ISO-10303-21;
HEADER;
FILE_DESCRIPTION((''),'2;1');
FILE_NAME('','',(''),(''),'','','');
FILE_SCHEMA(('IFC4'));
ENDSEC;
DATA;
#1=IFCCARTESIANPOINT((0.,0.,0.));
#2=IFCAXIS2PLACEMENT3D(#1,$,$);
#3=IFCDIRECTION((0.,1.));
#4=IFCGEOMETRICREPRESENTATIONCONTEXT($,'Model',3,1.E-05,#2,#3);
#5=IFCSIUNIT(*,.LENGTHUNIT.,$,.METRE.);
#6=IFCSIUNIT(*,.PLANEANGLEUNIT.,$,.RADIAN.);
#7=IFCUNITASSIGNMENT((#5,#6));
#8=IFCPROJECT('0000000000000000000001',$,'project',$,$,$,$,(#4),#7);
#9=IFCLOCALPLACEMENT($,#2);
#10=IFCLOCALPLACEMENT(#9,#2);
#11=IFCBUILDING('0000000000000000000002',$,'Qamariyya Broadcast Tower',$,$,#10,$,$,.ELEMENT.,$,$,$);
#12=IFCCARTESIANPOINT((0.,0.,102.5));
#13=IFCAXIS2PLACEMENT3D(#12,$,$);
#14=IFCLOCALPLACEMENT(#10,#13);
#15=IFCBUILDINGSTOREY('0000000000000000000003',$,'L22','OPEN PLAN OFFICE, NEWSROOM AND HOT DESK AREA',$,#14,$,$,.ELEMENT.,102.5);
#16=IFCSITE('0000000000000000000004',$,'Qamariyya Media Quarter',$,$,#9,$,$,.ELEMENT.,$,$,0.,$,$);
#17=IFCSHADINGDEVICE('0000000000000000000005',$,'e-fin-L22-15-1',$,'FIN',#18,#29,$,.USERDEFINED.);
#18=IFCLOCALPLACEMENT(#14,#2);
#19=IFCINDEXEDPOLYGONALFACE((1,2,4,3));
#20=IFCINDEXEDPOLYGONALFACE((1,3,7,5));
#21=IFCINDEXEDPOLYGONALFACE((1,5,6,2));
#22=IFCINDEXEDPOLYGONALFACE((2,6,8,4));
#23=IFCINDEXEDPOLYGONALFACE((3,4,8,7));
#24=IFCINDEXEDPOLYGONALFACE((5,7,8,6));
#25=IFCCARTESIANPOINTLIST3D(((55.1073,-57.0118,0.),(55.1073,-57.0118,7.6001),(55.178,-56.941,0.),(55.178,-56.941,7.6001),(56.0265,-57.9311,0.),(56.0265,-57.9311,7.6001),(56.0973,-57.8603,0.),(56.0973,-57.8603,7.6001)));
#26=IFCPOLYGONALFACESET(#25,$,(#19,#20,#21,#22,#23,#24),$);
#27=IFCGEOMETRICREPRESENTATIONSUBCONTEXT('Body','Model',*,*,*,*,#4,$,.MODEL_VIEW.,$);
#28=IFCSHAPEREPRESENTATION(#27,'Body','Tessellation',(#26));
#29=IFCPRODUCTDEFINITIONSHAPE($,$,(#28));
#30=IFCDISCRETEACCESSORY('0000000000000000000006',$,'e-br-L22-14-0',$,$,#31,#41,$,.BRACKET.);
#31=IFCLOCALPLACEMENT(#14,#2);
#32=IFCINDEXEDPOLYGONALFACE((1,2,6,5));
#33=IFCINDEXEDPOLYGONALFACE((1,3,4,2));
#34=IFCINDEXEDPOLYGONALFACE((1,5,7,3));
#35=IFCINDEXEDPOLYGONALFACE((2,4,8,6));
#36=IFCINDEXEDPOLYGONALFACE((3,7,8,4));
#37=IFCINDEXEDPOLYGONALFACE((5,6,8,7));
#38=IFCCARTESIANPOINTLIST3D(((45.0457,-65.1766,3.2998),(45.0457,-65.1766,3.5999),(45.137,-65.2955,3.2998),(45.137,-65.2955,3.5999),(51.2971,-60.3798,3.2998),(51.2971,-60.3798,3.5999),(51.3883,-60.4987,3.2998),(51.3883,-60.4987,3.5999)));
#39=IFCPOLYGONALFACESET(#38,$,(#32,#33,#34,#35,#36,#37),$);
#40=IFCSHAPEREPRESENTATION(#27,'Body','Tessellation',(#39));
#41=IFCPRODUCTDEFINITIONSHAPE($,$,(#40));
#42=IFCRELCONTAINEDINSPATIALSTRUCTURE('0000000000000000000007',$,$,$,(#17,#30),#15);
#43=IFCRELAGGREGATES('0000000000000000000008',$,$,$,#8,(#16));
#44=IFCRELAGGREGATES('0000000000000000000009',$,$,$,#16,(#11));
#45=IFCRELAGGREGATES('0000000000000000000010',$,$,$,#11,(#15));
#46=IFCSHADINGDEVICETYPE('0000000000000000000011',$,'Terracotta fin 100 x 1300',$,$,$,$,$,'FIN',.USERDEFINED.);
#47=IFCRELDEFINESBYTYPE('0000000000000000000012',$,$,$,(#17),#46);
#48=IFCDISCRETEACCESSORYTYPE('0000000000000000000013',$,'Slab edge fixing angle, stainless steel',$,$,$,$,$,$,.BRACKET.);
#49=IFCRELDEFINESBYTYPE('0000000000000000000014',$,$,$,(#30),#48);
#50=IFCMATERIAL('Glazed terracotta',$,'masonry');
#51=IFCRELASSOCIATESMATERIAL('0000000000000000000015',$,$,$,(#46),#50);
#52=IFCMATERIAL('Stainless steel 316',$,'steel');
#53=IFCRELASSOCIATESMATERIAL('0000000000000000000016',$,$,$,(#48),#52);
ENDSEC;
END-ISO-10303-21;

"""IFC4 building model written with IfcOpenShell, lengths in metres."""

from ifc_helpers import new_model, si_unit, direction, frame, origin, origin_2d, place, context, subcontext, project, spatial, rectangle, extrude, material, material_profile, profile_set, type_object, element, save


model = new_model("IFC4")

# Units and contexts
model_context = context("Model", 3, precision=1e-05, world=origin(), true_north=direction((0.0, 1.0)))
body_context = subcontext(model_context, "Body", "Model", "MODEL_VIEW")
ifc_project = project(units=[si_unit("LENGTHUNIT", "METRE"), si_unit("PLANEANGLEUNIT", "RADIAN")], contexts=[model_context])

# Site, building, storey
site_placement = place(None, origin())
site = spatial("IfcSite", under=ifc_project, at=site_placement, Name="Qamariyya Media Quarter", CompositionType="ELEMENT", RefElevation=0.0)
building_placement = place(site_placement, origin())
building = spatial("IfcBuilding", under=site, at=building_placement, Name="Qamariyya Broadcast Tower", CompositionType="ELEMENT")
storey_placement = place(building_placement, frame((0.0, 0.0, 102.5)))
storey = spatial("IfcBuildingStorey", under=building, at=storey_placement, Name="L22", Description="OPEN PLAN OFFICE, NEWSROOM AND HOT DESK AREA", CompositionType="ELEMENT", Elevation=102.5)

# Shading device
ifc_material_1 = material(Name="Glazed terracotta", Category="masonry")
ifc_material_profile_1 = material_profile(ifc_material_1, rectangle(XDim=1.3, YDim=0.1001, at=origin_2d()))
ifc_profile_set_1 = profile_set([ifc_material_profile_1], Name="Glazed terracotta")
shading_device_type_1 = type_object("IfcShadingDeviceType", Name="Terracotta fin 100 x 1300", ElementType="FIN", PredefinedType="USERDEFINED", material=ifc_profile_set_1)
for number, where, z_axis, x_axis, name in (
    (1, (55.6023, -57.436, 0.0), (0.0, 0.0, 1.0), (0.707107, -0.707107, 0.0), "e-fin-L22-15-1"),
):
    element("IfcShadingDevice", number, at=place(storey_placement, frame(where, z_axis=z_axis, x_axis=x_axis)), inside=storey, type_object=shading_device_type_1, Name=name, ObjectType="FIN", PredefinedType="USERDEFINED", context=body_context, shape_type="SweptSolid", body=[
        extrude(rectangle(XDim=1.3, YDim=0.1001, at=origin_2d()), origin(), (0.0, 0.0, 1.0), 7.6001),
    ])

# Discrete accessory
ifc_material_2 = material(Name="Stainless steel 316", Category="steel")
discrete_accessory_type = type_object("IfcDiscreteAccessoryType", Name="Slab edge fixing angle, stainless steel", PredefinedType="BRACKET", material=ifc_material_2)
discrete_accessory_placement = place(storey_placement, frame((48.217, -62.8376, 3.2998), z_axis=(0.0, 0.0, 1.0), x_axis=(0.793353, 0.608761, 0.0)))
element("IfcDiscreteAccessory", 2, at=discrete_accessory_placement, inside=storey, type_object=discrete_accessory_type, Name="e-br-L22-14-0", PredefinedType="BRACKET", context=body_context, shape_type="SweptSolid", body=[
    extrude(rectangle(XDim=7.8796, YDim=0.1499, at=origin_2d()), origin(), (0.0, 0.0, 1.0), 0.3),
])

save(model, "model.ifc")
